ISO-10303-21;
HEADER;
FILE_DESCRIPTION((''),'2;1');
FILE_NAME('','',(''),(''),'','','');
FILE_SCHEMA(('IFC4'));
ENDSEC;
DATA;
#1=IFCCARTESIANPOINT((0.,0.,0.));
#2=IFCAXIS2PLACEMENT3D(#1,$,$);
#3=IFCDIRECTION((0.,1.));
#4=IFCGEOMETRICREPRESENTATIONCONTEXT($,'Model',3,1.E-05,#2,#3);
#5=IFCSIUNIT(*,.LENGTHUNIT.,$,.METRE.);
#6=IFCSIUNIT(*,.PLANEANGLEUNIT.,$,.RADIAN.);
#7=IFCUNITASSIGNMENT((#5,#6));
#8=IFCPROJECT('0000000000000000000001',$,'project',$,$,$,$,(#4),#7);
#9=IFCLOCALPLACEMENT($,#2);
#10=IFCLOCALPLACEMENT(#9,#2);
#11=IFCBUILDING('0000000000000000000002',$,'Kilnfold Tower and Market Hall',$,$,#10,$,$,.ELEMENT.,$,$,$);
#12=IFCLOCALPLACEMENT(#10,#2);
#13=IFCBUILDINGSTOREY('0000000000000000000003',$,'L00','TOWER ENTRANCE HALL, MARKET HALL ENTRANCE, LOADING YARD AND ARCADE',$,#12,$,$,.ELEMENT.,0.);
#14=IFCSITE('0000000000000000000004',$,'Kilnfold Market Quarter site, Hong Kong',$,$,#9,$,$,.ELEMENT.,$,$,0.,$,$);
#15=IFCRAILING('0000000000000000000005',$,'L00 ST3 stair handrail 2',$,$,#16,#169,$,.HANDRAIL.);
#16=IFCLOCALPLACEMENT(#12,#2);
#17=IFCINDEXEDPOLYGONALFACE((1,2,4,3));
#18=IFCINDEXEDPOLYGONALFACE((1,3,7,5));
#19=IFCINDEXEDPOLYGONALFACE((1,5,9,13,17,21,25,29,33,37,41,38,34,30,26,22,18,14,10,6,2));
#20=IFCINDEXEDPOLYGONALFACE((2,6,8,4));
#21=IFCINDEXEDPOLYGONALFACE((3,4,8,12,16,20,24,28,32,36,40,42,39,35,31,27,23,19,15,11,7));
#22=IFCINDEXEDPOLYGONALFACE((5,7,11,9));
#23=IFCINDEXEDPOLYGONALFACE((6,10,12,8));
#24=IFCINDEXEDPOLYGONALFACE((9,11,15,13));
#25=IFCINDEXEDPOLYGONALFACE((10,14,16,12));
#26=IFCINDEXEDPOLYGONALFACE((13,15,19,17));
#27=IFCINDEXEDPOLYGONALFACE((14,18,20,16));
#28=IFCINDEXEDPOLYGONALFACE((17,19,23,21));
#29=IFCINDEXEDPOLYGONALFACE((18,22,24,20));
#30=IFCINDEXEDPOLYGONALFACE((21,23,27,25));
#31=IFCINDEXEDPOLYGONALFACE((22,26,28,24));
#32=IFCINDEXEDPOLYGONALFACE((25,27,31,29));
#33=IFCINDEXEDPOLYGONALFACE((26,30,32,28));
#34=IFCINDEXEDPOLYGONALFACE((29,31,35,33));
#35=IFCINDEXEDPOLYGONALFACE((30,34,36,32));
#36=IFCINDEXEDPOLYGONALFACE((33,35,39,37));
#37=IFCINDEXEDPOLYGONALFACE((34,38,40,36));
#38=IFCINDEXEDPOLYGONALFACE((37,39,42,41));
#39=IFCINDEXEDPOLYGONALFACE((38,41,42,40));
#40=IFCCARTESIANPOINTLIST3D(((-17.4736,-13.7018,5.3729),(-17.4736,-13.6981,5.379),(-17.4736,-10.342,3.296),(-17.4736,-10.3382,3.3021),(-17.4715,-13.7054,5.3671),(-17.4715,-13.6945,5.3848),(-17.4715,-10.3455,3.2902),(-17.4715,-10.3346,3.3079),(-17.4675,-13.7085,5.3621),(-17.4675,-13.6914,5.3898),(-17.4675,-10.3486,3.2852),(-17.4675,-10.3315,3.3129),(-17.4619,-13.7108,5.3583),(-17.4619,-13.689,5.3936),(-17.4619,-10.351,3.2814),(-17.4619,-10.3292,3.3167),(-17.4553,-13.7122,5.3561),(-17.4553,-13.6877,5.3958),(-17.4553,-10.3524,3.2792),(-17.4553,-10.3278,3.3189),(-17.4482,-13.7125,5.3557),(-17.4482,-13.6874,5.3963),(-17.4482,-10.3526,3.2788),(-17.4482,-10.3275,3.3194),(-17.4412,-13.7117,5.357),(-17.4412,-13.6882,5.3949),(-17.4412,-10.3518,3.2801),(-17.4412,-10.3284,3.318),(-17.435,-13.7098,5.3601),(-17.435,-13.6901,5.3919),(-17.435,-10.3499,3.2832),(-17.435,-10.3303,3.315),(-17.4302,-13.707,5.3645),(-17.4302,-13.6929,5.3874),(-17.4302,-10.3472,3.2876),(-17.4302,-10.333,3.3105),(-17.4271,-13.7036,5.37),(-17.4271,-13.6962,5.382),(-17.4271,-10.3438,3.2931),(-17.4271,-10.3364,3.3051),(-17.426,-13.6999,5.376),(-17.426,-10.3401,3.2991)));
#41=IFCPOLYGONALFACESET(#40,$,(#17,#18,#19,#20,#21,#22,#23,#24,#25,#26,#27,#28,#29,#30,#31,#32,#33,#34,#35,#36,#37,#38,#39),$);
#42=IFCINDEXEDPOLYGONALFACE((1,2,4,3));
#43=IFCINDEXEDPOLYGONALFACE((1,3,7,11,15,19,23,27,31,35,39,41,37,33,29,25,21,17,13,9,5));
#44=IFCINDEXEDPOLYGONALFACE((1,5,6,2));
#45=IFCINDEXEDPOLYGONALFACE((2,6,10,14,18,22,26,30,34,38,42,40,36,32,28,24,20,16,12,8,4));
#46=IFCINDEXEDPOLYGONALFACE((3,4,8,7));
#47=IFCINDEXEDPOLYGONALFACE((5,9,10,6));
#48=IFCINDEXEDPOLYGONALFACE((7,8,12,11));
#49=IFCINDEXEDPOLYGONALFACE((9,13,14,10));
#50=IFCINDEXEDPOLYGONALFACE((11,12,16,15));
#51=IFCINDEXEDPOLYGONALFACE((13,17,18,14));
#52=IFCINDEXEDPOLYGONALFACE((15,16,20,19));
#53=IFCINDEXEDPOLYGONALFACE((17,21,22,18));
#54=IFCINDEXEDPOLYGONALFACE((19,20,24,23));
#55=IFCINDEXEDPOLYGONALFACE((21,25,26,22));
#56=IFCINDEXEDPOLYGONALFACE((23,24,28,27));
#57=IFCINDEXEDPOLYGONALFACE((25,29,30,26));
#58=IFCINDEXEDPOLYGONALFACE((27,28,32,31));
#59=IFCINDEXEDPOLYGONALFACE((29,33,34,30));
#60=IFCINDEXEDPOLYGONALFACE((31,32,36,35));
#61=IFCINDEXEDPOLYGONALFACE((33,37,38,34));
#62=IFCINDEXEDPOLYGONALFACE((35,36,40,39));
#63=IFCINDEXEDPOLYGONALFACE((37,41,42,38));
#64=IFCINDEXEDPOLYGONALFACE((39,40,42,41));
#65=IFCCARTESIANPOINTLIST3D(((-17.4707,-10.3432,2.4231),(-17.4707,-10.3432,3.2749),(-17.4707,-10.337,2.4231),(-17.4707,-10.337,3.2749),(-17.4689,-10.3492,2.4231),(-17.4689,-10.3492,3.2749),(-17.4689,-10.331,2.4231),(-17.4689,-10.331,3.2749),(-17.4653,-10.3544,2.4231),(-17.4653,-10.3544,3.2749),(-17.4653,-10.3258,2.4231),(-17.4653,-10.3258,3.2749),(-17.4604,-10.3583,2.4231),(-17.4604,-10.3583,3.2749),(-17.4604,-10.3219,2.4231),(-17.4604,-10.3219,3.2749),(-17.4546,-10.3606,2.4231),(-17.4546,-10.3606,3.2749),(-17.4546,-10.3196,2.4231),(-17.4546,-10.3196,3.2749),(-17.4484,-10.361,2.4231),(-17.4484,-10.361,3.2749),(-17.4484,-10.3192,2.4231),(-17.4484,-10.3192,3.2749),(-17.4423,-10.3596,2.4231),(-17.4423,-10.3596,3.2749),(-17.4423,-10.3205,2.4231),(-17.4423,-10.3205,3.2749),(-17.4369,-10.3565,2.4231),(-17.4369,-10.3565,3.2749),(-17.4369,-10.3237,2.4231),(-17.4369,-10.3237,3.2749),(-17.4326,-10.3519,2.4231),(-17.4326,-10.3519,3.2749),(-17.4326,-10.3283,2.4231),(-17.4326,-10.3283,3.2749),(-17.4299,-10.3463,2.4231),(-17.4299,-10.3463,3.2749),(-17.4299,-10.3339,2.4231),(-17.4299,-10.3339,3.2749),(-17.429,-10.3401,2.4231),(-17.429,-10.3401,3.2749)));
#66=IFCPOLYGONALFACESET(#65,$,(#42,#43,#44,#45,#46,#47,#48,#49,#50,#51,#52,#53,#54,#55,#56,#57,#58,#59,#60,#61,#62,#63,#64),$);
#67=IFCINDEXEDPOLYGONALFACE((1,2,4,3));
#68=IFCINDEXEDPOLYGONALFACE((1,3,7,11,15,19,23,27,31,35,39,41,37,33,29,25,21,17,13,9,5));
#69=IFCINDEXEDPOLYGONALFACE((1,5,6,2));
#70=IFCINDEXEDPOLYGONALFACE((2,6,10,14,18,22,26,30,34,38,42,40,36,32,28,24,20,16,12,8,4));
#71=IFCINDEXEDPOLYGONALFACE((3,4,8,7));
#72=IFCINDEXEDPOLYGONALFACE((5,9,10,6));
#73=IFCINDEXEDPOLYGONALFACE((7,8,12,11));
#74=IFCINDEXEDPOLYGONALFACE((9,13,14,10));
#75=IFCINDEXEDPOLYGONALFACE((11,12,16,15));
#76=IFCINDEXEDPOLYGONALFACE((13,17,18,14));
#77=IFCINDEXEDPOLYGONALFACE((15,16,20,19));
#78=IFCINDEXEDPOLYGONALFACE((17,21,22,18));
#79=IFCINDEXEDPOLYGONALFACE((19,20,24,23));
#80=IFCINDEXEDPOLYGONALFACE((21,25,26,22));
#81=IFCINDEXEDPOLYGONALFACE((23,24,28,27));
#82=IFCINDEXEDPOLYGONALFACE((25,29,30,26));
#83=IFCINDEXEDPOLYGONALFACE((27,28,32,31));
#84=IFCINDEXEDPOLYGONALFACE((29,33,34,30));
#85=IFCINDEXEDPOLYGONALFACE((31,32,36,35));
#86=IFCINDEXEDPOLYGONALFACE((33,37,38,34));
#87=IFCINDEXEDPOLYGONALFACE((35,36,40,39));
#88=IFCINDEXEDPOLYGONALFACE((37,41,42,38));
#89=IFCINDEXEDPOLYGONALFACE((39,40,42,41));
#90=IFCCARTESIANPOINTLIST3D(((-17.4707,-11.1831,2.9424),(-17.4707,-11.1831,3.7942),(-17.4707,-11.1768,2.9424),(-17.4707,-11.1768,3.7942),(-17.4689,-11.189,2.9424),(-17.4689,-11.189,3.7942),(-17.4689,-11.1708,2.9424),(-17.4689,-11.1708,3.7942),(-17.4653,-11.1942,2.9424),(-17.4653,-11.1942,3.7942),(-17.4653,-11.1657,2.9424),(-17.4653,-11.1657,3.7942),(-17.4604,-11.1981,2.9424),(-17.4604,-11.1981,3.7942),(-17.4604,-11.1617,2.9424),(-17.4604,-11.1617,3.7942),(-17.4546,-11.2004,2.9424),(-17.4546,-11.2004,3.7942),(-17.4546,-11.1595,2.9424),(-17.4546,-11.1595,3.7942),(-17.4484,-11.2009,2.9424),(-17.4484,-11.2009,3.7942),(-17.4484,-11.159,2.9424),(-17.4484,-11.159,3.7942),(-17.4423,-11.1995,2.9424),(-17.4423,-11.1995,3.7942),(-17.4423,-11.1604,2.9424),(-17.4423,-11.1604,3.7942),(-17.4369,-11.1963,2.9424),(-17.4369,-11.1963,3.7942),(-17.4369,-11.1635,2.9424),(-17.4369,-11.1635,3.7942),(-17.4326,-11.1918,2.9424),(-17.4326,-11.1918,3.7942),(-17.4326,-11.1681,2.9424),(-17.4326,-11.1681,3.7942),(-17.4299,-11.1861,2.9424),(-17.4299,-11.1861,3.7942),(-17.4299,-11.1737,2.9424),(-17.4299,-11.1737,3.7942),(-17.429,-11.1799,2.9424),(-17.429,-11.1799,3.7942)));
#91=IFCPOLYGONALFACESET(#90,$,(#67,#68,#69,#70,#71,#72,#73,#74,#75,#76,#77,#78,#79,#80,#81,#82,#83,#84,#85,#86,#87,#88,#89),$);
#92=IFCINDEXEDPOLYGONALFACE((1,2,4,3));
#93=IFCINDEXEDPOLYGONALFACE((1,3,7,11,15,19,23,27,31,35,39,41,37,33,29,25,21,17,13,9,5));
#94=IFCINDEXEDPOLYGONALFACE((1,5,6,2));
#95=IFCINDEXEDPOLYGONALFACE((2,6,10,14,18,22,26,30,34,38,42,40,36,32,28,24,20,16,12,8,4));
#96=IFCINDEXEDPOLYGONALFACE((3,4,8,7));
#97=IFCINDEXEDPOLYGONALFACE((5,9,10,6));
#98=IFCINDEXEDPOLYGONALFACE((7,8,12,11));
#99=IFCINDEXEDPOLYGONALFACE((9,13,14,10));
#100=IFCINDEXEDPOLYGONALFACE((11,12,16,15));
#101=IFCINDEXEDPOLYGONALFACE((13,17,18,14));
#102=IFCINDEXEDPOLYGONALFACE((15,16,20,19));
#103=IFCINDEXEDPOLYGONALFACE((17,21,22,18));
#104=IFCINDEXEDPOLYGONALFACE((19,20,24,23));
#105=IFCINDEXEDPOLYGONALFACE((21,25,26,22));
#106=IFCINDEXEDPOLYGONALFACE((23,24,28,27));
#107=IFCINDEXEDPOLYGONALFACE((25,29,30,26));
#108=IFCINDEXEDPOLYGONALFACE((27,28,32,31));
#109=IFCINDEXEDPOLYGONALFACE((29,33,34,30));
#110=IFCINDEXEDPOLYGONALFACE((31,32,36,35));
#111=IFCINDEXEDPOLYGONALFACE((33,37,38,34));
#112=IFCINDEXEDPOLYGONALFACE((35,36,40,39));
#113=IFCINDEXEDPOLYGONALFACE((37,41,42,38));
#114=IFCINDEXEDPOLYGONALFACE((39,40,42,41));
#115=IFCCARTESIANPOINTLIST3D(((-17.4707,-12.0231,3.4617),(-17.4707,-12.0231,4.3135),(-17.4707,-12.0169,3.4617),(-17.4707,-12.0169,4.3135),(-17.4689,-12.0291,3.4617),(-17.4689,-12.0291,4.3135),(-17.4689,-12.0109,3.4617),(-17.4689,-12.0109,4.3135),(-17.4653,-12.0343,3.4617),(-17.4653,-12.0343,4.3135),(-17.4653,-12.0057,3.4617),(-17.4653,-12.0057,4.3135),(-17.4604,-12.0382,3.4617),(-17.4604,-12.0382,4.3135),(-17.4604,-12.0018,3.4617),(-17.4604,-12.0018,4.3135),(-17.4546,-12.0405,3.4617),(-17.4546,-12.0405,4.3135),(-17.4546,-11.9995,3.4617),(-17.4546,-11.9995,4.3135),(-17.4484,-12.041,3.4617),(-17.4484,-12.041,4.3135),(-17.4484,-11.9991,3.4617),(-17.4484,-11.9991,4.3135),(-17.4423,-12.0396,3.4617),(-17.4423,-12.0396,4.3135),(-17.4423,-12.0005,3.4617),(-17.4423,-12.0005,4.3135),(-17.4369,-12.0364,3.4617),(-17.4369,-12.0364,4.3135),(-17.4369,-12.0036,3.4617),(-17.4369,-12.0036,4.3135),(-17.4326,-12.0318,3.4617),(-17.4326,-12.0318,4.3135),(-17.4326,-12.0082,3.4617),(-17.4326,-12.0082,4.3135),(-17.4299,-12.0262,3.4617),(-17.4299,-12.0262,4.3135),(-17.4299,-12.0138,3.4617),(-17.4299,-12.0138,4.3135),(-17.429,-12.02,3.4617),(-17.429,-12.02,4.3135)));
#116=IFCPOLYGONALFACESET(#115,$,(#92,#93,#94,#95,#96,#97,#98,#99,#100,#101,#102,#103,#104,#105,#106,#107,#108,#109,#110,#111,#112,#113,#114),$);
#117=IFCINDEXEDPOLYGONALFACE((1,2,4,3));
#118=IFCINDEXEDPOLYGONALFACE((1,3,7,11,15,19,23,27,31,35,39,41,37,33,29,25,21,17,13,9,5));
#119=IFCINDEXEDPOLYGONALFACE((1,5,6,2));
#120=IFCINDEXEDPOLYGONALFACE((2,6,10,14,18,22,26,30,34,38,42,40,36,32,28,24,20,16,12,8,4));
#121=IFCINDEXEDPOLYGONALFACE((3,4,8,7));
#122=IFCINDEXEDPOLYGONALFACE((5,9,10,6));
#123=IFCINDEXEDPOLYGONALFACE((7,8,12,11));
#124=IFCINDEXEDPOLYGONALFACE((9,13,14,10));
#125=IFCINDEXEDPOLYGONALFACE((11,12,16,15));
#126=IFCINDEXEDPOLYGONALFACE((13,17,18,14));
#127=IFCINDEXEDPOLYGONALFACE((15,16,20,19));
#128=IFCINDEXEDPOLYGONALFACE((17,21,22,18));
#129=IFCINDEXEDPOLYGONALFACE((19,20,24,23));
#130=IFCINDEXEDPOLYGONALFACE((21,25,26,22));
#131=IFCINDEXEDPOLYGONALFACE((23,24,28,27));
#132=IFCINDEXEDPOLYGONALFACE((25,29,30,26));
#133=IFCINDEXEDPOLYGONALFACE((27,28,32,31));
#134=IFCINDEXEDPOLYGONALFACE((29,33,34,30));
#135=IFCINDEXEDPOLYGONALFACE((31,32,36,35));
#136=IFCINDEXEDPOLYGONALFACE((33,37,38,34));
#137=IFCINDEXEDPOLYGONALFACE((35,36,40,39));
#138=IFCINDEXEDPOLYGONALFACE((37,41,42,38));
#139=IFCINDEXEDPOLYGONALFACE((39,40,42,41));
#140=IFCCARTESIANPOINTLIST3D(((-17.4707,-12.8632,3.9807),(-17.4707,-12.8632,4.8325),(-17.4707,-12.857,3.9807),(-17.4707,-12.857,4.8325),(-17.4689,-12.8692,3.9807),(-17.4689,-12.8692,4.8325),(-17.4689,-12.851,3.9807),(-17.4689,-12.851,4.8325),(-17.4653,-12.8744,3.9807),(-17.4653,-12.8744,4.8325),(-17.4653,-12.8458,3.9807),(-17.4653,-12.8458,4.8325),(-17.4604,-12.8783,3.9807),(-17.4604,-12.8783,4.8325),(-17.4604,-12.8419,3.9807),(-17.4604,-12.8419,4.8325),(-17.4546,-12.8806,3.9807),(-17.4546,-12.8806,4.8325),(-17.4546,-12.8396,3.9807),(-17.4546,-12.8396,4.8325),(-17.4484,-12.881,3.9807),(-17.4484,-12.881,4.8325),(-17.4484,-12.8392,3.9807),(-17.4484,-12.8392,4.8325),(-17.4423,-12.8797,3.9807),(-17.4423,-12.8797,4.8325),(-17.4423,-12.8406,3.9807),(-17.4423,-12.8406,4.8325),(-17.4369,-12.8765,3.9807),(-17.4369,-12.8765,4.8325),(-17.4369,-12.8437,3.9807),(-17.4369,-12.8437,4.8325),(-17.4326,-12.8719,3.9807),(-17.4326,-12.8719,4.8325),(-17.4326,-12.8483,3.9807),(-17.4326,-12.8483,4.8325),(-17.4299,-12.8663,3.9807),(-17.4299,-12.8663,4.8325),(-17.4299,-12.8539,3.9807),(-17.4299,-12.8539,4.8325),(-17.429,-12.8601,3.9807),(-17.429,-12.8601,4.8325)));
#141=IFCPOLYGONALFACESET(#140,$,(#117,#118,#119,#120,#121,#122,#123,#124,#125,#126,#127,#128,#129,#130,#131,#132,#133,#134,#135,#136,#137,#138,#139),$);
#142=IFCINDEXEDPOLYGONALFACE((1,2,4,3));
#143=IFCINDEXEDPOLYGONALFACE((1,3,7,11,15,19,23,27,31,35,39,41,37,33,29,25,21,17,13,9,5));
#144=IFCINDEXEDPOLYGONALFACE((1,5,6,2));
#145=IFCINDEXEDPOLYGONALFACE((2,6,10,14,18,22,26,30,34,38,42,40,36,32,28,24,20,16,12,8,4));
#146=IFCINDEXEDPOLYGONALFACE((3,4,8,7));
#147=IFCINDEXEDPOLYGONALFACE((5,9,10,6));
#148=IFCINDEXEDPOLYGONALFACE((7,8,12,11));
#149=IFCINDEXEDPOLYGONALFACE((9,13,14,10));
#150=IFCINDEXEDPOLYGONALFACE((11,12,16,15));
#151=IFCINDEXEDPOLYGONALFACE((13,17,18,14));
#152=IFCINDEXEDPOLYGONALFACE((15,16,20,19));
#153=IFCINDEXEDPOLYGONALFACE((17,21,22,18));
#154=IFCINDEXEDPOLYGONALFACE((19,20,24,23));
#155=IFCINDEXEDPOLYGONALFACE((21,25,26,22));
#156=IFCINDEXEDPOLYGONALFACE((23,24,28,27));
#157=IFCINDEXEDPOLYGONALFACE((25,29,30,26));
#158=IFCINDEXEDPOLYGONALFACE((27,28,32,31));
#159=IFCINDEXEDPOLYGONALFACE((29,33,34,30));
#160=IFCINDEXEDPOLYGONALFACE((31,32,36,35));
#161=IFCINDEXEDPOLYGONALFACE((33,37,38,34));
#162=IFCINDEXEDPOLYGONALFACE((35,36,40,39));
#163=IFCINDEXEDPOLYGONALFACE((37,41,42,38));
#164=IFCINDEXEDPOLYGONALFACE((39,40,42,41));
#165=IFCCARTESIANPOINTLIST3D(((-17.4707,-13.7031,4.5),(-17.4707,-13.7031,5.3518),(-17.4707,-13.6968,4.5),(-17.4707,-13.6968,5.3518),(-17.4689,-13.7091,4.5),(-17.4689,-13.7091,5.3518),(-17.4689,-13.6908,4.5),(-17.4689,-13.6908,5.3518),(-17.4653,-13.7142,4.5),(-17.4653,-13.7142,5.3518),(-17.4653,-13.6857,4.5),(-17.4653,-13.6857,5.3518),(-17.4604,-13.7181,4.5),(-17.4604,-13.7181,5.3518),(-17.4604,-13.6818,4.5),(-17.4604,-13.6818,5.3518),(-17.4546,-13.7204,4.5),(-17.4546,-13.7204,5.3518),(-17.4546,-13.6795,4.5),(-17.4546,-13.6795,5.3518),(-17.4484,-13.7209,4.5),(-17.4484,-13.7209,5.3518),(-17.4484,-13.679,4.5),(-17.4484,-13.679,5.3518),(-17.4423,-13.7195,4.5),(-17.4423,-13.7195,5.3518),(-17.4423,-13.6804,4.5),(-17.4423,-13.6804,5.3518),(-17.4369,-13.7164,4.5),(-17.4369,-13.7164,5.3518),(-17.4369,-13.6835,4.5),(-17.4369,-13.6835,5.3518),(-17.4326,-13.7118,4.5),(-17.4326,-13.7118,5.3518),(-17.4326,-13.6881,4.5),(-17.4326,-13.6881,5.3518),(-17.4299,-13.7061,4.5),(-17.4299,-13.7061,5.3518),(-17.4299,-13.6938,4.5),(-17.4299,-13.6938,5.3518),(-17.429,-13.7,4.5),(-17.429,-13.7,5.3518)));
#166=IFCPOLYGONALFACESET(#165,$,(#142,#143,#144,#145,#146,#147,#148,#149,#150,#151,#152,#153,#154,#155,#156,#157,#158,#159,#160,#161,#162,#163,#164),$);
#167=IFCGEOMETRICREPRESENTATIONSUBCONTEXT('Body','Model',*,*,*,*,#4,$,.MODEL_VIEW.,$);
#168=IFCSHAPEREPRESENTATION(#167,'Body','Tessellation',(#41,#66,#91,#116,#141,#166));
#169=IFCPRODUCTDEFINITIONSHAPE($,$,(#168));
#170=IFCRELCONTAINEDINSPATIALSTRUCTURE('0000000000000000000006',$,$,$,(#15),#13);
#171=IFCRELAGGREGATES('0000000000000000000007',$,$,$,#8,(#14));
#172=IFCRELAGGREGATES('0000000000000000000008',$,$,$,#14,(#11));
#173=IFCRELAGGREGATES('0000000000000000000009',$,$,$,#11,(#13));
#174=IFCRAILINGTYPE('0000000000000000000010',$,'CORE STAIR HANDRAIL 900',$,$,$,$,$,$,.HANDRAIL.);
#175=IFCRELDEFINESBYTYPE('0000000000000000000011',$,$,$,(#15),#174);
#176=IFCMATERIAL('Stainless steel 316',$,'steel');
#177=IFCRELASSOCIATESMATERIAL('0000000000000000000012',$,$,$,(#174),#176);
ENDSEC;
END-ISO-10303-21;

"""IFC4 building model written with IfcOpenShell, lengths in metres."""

from ifc_helpers import new_model, si_unit, direction, frame, origin, origin_2d, place, context, subcontext, project, spatial, circle, extrude, material, type_object, element, save


model = new_model("IFC4")

# Units and contexts
model_context = context("Model", 3, precision=1e-05, world=origin(), true_north=direction((0.0, 1.0)))
body_context = subcontext(model_context, "Body", "Model", "MODEL_VIEW")
ifc_project = project(units=[si_unit("LENGTHUNIT", "METRE"), si_unit("PLANEANGLEUNIT", "RADIAN")], contexts=[model_context])

# Site, building, storey
site_placement = place(None, origin())
site = spatial("IfcSite", under=ifc_project, at=site_placement, Name="Kilnfold Market Quarter site, Hong Kong", CompositionType="ELEMENT", RefElevation=0.0)
building_placement = place(site_placement, origin())
building = spatial("IfcBuilding", under=site, at=building_placement, Name="Kilnfold Tower and Market Hall", CompositionType="ELEMENT")
storey_placement = place(building_placement, origin())
storey = spatial("IfcBuildingStorey", under=building, at=storey_placement, Name="L00", Description="TOWER ENTRANCE HALL, MARKET HALL ENTRANCE, LOADING YARD AND ARCADE", CompositionType="ELEMENT", Elevation=0.0)

# Railing
ifc_material_1 = material(Name="Stainless steel 316", Category="steel")
railing_type_1 = type_object("IfcRailingType", Name="CORE STAIR HANDRAIL 900", PredefinedType="HANDRAIL", material=ifc_material_1)
for number, where, name in (
    (1, (-17.45, -10.3401, 2.4231), "L00 ST3 stair handrail 2"),
):
    element("IfcRailing", number, at=place(storey_placement, frame(where)), inside=storey, type_object=railing_type_1, Name=name, PredefinedType="HANDRAIL", context=body_context, shape_type="SweptSolid", body=[
        extrude(circle(Radius=0.0239, at=origin_2d()), frame((0.0, 0.0, 0.876), z_axis=(0.0, -0.850606, 0.525803), x_axis=(1.0, 0.0, 0.0)), (0.0, 0.0, 1.0), 3.95),
        extrude(circle(Radius=0.021, at=origin_2d()), origin(), (0.0, 0.0, 1.0), 0.8518),
        extrude(circle(Radius=0.021, at=origin_2d()), frame((0.0, -0.8398, 0.5193)), (0.0, 0.0, 1.0), 0.8518),
        extrude(circle(Radius=0.021, at=origin_2d()), frame((0.0, -1.6799, 1.0386)), (0.0, 0.0, 1.0), 0.8518),
        extrude(circle(Radius=0.021, at=origin_2d()), frame((0.0, -2.52, 1.5576)), (0.0, 0.0, 1.0), 0.8518),
        extrude(circle(Radius=0.021, at=origin_2d()), frame((0.0, -3.3599, 2.0769)), (0.0, 0.0, 1.0), 0.8518),
    ])

save(model, "model.ifc")
